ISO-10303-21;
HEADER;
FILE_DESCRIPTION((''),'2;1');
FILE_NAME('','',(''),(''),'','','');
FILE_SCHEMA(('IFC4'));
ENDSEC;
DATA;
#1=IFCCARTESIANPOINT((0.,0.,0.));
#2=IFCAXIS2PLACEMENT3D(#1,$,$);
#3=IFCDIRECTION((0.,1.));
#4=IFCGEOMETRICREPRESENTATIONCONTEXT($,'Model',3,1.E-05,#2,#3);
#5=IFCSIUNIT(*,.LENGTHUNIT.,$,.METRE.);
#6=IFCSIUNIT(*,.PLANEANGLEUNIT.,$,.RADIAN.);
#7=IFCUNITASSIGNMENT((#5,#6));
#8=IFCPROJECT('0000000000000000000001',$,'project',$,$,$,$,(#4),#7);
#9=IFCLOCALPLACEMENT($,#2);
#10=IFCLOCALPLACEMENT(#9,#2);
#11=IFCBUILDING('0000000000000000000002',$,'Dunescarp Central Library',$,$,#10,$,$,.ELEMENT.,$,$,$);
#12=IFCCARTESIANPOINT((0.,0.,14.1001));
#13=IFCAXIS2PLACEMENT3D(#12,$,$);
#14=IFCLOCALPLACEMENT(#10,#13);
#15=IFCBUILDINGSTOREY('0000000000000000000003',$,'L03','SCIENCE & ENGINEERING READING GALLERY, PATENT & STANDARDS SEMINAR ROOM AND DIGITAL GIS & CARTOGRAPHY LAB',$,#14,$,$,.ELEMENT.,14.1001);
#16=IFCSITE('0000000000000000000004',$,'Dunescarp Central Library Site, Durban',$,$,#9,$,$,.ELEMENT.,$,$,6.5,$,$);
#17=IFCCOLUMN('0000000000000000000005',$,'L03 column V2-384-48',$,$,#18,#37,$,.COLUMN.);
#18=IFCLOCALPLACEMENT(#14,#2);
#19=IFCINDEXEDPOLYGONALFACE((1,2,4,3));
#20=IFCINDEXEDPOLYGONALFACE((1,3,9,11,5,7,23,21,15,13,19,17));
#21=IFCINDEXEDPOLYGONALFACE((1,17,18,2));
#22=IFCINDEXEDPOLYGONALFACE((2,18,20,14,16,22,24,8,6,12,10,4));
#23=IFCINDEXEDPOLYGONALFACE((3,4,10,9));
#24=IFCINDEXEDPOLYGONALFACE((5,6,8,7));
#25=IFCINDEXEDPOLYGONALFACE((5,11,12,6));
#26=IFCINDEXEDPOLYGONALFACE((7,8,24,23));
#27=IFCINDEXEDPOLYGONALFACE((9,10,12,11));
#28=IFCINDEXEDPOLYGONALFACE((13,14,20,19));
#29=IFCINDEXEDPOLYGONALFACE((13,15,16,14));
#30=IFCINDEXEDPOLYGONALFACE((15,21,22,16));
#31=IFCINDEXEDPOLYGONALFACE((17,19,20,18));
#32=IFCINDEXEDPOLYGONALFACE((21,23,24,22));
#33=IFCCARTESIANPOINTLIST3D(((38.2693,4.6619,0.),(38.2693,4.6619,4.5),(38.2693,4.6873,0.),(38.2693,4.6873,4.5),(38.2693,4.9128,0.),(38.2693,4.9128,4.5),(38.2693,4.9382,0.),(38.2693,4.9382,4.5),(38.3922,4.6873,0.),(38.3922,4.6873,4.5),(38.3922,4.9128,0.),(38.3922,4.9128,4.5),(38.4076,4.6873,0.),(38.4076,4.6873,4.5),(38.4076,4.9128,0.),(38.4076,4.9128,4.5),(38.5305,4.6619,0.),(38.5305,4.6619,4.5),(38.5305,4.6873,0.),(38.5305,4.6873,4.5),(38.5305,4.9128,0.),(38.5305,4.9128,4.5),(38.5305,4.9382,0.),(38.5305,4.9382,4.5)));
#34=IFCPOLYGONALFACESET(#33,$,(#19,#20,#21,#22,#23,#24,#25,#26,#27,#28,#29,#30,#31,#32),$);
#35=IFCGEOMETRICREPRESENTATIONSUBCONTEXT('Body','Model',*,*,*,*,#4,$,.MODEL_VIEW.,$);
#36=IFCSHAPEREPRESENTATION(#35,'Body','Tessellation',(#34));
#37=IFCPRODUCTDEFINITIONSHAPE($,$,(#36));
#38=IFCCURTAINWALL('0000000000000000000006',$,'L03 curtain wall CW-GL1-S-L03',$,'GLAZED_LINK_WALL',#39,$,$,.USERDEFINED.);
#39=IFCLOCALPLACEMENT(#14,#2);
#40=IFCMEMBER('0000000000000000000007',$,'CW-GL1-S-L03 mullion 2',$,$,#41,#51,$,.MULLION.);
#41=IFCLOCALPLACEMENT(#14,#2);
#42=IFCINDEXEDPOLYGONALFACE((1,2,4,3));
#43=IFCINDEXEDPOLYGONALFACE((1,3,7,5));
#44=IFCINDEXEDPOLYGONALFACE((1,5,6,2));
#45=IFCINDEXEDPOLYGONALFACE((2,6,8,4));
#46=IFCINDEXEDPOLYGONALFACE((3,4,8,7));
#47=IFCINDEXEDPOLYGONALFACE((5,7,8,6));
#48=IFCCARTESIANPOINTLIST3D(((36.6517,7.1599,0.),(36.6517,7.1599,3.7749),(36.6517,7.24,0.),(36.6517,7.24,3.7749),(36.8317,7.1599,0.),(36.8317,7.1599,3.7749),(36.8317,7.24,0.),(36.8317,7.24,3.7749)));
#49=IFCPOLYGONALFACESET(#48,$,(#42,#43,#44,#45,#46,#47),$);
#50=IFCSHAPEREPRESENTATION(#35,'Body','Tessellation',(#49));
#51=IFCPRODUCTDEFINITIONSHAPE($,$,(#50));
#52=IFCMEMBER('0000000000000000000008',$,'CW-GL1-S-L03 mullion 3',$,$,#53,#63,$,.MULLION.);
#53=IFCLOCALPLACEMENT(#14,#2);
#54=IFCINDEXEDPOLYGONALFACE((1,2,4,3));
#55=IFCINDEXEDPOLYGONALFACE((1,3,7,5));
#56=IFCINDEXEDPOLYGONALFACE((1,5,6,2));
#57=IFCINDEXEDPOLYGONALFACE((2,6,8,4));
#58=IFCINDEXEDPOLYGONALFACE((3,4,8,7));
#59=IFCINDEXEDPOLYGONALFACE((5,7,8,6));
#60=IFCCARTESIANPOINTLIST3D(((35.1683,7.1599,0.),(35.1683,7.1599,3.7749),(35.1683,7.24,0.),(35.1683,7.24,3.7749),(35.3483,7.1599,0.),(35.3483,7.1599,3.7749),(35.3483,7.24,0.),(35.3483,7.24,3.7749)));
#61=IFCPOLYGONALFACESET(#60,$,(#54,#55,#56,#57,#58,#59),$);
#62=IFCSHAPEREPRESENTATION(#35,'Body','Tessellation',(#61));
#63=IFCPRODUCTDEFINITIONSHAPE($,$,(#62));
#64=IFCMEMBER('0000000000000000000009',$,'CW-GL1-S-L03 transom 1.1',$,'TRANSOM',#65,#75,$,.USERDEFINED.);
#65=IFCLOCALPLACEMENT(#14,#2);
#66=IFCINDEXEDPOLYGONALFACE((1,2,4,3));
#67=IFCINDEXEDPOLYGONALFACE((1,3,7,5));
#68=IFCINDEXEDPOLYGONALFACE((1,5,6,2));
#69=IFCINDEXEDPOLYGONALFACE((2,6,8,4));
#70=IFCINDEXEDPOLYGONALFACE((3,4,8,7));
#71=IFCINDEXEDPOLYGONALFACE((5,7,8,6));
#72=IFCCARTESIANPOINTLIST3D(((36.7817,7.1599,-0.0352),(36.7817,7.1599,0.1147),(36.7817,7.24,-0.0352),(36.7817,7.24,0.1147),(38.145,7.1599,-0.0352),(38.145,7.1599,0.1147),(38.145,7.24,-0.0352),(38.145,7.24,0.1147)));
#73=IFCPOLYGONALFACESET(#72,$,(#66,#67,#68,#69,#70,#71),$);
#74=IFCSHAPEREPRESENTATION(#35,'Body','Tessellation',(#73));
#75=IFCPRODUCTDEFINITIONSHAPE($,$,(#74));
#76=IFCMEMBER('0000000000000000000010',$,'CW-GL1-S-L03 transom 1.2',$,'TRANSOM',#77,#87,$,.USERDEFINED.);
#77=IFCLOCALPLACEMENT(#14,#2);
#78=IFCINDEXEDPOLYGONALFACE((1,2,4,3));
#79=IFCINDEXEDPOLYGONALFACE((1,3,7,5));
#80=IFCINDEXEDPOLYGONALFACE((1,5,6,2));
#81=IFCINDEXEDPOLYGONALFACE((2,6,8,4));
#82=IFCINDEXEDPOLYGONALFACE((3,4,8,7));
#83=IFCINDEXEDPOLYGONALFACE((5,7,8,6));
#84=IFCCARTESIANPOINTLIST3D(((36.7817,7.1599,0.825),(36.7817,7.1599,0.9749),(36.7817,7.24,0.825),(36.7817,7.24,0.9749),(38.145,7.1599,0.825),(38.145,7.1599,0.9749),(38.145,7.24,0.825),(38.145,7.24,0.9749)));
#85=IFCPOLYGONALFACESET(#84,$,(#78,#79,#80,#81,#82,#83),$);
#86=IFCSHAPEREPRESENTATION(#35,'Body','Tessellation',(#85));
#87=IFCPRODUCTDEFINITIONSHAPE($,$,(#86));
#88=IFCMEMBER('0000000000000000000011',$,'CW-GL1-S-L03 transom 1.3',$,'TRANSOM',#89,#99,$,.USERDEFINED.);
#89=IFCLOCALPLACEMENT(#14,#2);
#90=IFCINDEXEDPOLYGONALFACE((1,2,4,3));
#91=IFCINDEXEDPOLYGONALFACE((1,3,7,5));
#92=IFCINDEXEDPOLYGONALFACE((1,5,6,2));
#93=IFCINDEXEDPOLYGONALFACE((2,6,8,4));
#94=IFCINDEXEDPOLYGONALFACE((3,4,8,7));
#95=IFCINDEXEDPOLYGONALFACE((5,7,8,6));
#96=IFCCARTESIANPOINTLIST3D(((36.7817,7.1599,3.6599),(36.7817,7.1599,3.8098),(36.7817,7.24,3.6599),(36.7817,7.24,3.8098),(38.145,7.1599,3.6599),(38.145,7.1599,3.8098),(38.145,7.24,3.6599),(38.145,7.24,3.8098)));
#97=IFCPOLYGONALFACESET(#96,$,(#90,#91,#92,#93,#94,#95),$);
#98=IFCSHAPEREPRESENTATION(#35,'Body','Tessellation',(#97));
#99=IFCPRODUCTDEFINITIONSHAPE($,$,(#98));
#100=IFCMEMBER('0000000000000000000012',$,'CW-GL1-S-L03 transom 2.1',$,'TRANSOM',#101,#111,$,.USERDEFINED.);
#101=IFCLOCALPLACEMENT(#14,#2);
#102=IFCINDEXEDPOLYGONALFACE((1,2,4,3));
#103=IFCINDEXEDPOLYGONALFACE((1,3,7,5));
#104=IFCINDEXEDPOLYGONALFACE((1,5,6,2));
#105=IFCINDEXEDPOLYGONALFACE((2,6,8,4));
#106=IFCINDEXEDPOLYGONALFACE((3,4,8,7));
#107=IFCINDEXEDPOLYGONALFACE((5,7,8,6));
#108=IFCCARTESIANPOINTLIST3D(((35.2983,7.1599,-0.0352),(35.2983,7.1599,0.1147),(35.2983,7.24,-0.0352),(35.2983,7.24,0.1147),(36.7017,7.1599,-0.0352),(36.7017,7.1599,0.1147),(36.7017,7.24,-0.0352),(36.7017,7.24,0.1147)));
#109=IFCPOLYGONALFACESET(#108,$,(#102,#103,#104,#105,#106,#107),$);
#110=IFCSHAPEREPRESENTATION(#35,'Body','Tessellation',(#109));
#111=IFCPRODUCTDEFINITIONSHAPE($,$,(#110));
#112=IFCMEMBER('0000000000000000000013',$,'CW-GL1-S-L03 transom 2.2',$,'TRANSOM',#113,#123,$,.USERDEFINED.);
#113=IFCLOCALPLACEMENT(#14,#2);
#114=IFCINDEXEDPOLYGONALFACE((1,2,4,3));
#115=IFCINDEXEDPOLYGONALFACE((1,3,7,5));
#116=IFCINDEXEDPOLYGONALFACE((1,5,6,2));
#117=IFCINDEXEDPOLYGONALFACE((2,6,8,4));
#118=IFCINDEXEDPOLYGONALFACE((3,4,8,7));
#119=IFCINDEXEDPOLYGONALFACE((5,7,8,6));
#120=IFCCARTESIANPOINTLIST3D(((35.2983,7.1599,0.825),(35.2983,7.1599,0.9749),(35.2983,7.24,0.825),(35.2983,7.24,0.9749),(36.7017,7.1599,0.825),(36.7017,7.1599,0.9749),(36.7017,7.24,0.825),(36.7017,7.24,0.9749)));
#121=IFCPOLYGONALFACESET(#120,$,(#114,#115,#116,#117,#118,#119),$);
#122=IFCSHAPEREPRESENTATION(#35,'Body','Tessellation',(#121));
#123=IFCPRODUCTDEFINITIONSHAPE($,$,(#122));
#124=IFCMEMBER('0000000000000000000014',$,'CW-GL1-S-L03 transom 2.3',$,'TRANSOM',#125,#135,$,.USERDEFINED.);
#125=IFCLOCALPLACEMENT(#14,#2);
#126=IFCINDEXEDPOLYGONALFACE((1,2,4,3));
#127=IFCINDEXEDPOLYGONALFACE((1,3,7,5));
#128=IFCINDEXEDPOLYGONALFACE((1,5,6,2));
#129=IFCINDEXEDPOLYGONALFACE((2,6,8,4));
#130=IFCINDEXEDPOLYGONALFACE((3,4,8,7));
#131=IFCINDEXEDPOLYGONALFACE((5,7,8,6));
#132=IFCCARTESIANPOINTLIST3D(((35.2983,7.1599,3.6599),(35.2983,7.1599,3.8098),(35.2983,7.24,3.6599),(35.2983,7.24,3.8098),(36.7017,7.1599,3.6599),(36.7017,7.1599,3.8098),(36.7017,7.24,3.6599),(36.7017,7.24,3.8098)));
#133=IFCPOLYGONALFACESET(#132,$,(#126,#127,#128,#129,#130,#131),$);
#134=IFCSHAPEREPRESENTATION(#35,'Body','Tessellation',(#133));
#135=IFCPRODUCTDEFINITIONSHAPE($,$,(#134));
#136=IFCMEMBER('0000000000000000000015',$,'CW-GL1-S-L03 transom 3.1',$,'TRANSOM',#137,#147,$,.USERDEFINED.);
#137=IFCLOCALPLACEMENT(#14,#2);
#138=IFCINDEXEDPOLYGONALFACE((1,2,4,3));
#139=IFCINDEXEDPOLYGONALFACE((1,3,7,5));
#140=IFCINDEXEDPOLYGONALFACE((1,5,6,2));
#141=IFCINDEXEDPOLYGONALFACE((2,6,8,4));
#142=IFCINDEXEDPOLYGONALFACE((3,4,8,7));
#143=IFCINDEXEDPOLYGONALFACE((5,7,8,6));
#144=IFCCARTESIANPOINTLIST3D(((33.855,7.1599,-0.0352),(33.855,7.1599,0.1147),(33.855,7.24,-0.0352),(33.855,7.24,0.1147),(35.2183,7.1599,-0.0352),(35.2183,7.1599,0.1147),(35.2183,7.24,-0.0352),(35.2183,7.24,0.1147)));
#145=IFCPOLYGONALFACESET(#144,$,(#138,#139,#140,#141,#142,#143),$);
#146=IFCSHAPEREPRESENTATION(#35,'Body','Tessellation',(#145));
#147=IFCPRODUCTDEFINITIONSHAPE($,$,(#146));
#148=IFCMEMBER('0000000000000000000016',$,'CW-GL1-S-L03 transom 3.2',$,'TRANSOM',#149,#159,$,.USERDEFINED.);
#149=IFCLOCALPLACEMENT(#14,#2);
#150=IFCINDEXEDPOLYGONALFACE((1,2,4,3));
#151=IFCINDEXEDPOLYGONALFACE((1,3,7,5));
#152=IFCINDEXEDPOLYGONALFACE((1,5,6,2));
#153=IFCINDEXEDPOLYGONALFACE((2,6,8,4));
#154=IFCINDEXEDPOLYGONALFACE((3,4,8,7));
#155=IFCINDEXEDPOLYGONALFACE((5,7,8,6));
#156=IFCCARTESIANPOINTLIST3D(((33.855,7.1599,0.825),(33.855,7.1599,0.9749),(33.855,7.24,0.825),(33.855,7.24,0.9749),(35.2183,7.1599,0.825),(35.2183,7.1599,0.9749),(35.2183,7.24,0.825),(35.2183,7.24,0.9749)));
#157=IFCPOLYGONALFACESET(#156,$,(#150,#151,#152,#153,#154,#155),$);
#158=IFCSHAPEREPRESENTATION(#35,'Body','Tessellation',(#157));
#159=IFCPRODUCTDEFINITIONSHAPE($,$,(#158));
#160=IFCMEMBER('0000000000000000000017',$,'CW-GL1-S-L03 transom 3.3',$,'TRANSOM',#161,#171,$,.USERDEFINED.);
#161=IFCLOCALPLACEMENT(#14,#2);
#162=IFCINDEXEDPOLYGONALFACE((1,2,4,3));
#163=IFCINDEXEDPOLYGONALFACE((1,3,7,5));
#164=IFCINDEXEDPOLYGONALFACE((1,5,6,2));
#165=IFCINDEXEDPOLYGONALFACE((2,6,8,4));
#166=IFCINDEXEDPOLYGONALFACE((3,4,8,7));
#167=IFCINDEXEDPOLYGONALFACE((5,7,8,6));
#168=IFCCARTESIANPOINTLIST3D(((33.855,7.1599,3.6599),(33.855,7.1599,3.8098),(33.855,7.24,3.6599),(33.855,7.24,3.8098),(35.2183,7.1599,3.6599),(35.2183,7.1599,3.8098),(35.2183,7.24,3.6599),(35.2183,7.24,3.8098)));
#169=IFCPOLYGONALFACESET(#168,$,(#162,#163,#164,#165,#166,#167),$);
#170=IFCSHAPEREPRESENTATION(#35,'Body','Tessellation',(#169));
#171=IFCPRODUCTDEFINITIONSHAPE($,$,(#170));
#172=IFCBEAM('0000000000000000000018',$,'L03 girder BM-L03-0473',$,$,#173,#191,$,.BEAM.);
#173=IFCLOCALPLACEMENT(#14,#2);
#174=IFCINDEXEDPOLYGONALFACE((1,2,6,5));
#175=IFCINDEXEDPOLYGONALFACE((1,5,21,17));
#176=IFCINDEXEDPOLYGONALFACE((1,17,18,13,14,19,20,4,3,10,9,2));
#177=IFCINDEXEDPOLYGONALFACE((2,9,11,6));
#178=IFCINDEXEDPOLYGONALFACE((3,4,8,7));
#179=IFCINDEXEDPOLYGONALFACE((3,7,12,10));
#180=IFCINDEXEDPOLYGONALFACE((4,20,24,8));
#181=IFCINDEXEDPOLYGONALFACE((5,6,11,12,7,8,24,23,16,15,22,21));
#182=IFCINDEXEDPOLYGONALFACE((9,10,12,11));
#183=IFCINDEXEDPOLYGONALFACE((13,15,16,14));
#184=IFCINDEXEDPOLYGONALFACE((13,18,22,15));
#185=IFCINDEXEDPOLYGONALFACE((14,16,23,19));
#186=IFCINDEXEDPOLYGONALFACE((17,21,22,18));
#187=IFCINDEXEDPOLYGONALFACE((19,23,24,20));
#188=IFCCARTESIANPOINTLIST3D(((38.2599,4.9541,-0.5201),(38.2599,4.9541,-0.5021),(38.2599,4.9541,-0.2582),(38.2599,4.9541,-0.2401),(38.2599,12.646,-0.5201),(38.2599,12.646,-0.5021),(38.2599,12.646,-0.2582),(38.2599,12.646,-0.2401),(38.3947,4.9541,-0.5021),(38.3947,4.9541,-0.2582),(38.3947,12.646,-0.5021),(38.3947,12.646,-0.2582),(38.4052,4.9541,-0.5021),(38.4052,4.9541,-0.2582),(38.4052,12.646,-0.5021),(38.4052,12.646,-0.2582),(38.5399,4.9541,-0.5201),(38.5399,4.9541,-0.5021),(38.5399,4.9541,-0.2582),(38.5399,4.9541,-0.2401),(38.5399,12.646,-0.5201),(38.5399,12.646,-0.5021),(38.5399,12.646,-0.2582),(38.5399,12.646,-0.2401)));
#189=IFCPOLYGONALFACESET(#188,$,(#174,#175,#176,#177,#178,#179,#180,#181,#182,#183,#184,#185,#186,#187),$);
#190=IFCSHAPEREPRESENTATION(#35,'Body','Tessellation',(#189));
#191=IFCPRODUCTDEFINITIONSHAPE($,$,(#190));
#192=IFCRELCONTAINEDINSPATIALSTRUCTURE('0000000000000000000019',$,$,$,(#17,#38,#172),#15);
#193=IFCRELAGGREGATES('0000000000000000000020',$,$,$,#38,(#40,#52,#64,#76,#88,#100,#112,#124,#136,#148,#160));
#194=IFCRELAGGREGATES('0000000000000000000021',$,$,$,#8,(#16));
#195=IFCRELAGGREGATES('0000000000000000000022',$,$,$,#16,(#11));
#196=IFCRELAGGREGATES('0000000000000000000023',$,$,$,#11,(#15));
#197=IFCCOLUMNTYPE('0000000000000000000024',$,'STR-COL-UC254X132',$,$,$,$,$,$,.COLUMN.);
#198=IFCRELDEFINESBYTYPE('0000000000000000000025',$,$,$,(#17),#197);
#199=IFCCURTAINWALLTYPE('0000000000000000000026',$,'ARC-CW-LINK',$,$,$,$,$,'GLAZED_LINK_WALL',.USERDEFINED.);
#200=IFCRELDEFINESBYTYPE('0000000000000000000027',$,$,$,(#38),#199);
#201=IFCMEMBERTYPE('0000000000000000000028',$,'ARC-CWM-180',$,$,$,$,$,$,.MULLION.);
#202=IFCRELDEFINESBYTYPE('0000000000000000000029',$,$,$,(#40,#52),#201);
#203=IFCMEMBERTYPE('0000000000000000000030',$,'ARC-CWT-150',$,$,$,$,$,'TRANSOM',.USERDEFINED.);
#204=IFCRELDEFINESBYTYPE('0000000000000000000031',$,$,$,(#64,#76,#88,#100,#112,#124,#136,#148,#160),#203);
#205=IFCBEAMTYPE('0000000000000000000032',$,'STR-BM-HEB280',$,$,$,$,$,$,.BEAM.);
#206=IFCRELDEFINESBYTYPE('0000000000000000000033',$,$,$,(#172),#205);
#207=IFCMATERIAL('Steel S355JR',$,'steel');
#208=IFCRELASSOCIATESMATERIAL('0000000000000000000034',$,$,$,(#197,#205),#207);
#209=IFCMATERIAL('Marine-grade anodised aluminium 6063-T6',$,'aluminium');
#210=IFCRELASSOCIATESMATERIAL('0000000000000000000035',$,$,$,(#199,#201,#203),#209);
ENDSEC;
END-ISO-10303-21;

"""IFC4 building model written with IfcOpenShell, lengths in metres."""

from ifc_helpers import new_model, si_unit, direction, frame, origin, origin_2d, place, context, subcontext, project, spatial, rectangle, i_section, extrude, material, material_profile, profile_set, type_object, element, aggregate, save


model = new_model("IFC4")

# Units and contexts
model_context = context("Model", 3, precision=1e-05, world=origin(), true_north=direction((0.0, 1.0)))
body_context = subcontext(model_context, "Body", "Model", "MODEL_VIEW")
ifc_project = project(units=[si_unit("LENGTHUNIT", "METRE"), si_unit("PLANEANGLEUNIT", "RADIAN")], contexts=[model_context])

# Site, building, storey
site_placement = place(None, origin())
site = spatial("IfcSite", under=ifc_project, at=site_placement, Name="Dunescarp Central Library Site, Durban", CompositionType="ELEMENT", RefElevation=6.5)
building_placement = place(site_placement, origin())
building = spatial("IfcBuilding", under=site, at=building_placement, Name="Dunescarp Central Library", CompositionType="ELEMENT")
storey_placement = place(building_placement, frame((0.0, 0.0, 14.1001)))
storey = spatial("IfcBuildingStorey", under=building, at=storey_placement, Name="L03", Description="SCIENCE & ENGINEERING READING GALLERY, PATENT & STANDARDS SEMINAR ROOM AND DIGITAL GIS & CARTOGRAPHY LAB", CompositionType="ELEMENT", Elevation=14.1001)

# Column
ifc_material_1 = material(Name="Steel S355JR", Category="steel")
ifc_material_profile_1 = material_profile(ifc_material_1, i_section(OverallWidth=0.2612, OverallDepth=0.2764, WebThickness=0.0154, FlangeThickness=0.0254, at=origin_2d()), Name="UC 254x254x132")
ifc_profile_set_1 = profile_set([ifc_material_profile_1], Name="Steel S355JR")
column_type = type_object("IfcColumnType", Name="STR-COL-UC254X132", PredefinedType="COLUMN", material=ifc_profile_set_1)
column_placement = place(storey_placement, frame((38.3999, 4.8, 0.0), z_axis=(0.0, 0.0, 1.0), x_axis=(1.0, 0.0, 0.0)))
element("IfcColumn", 1, at=column_placement, inside=storey, type_object=column_type, Name="L03 column V2-384-48", PredefinedType="COLUMN", context=body_context, shape_type="SweptSolid", body=[
    extrude(i_section(OverallWidth=0.2612, OverallDepth=0.2764, WebThickness=0.0154, FlangeThickness=0.0254, at=origin_2d()), origin(), (0.0, 0.0, 1.0), 4.5),
])

# Curtain wall, members
ifc_material_2 = material(Name="Marine-grade anodised aluminium 6063-T6", Category="aluminium")
curtain_wall_type = type_object("IfcCurtainWallType", Name="ARC-CW-LINK", ElementType="GLAZED_LINK_WALL", PredefinedType="USERDEFINED", material=ifc_material_2)
curtain_wall_placement = place(storey_placement, origin())
curtain_wall = element("IfcCurtainWall", 2, at=curtain_wall_placement, inside=storey, type_object=curtain_wall_type, Name="L03 curtain wall CW-GL1-S-L03", ObjectType="GLAZED_LINK_WALL", PredefinedType="USERDEFINED")
ifc_material_profile_2 = material_profile(ifc_material_2, rectangle(XDim=0.0801, YDim=0.1799, at=origin_2d()), Name="AL 80x180")
ifc_profile_set_2 = profile_set([ifc_material_profile_2], Name="Marine-grade anodised aluminium 6063-T6")
member_type_1 = type_object("IfcMemberType", Name="ARC-CWM-180", PredefinedType="MULLION", material=ifc_profile_set_2)
member_1_placement = place(storey_placement, frame((36.7417, 7.2, 0.0), z_axis=(0.0, 0.0, 1.0), x_axis=(0.0, -1.0, 0.0)))
member_1 = element("IfcMember", 3, at=member_1_placement, type_object=member_type_1, Name="CW-GL1-S-L03 mullion 2", PredefinedType="MULLION", context=body_context, shape_type="SweptSolid", body=[
    extrude(rectangle(XDim=0.0801, YDim=0.1799, at=origin_2d()), origin(), (0.0, 0.0, 1.0), 3.7749),
])
member_2_placement = place(storey_placement, frame((35.2583, 7.2, 0.0), z_axis=(0.0, 0.0, 1.0), x_axis=(0.0, -1.0, 0.0)))
member_2 = element("IfcMember", 4, at=member_2_placement, type_object=member_type_1, Name="CW-GL1-S-L03 mullion 3", PredefinedType="MULLION", context=body_context, shape_type="SweptSolid", body=[
    extrude(rectangle(XDim=0.0801, YDim=0.1799, at=origin_2d()), origin(), (0.0, 0.0, 1.0), 3.7749),
])
ifc_material_profile_3 = material_profile(ifc_material_2, rectangle(XDim=0.0801, YDim=0.1499, at=origin_2d()), Name="AL 80x150")
ifc_profile_set_3 = profile_set([ifc_material_profile_3], Name="Marine-grade anodised aluminium 6063-T6")
member_type_2 = type_object("IfcMemberType", Name="ARC-CWT-150", ElementType="TRANSOM", PredefinedType="USERDEFINED", material=ifc_profile_set_3)
member_3_placement = place(storey_placement, frame((38.145, 7.2, 0.0398), z_axis=(-1.0, 0.0, 0.0), x_axis=(0.0, -1.0, 0.0)))
member_3 = element("IfcMember", 5, at=member_3_placement, type_object=member_type_2, Name="CW-GL1-S-L03 transom 1.1", ObjectType="TRANSOM", PredefinedType="USERDEFINED", context=body_context, shape_type="SweptSolid", body=[
    extrude(rectangle(XDim=0.0801, YDim=0.1499, at=origin_2d()), origin(), (0.0, 0.0, 1.0), 1.3633),
])
member_4_placement = place(storey_placement, frame((38.145, 7.2, 0.8999), z_axis=(-1.0, 0.0, 0.0), x_axis=(0.0, -1.0, 0.0)))
member_4 = element("IfcMember", 6, at=member_4_placement, type_object=member_type_2, Name="CW-GL1-S-L03 transom 1.2", ObjectType="TRANSOM", PredefinedType="USERDEFINED", context=body_context, shape_type="SweptSolid", body=[
    extrude(rectangle(XDim=0.0801, YDim=0.1499, at=origin_2d()), origin(), (0.0, 0.0, 1.0), 1.3633),
])
member_5_placement = place(storey_placement, frame((38.145, 7.2, 3.7349), z_axis=(-1.0, 0.0, 0.0), x_axis=(0.0, -1.0, 0.0)))
member_5 = element("IfcMember", 7, at=member_5_placement, type_object=member_type_2, Name="CW-GL1-S-L03 transom 1.3", ObjectType="TRANSOM", PredefinedType="USERDEFINED", context=body_context, shape_type="SweptSolid", body=[
    extrude(rectangle(XDim=0.0801, YDim=0.1499, at=origin_2d()), origin(), (0.0, 0.0, 1.0), 1.3633),
])
member_6_placement = place(storey_placement, frame((36.7017, 7.2, 0.0398), z_axis=(-1.0, 0.0, 0.0), x_axis=(0.0, -1.0, 0.0)))
member_6 = element("IfcMember", 8, at=member_6_placement, type_object=member_type_2, Name="CW-GL1-S-L03 transom 2.1", ObjectType="TRANSOM", PredefinedType="USERDEFINED", context=body_context, shape_type="SweptSolid", body=[
    extrude(rectangle(XDim=0.0801, YDim=0.1499, at=origin_2d()), origin(), (0.0, 0.0, 1.0), 1.4033),
])
member_7_placement = place(storey_placement, frame((36.7017, 7.2, 0.8999), z_axis=(-1.0, 0.0, 0.0), x_axis=(0.0, -1.0, 0.0)))
member_7 = element("IfcMember", 9, at=member_7_placement, type_object=member_type_2, Name="CW-GL1-S-L03 transom 2.2", ObjectType="TRANSOM", PredefinedType="USERDEFINED", context=body_context, shape_type="SweptSolid", body=[
    extrude(rectangle(XDim=0.0801, YDim=0.1499, at=origin_2d()), origin(), (0.0, 0.0, 1.0), 1.4033),
])
member_8_placement = place(storey_placement, frame((36.7017, 7.2, 3.7349), z_axis=(-1.0, 0.0, 0.0), x_axis=(0.0, -1.0, 0.0)))
member_8 = element("IfcMember", 10, at=member_8_placement, type_object=member_type_2, Name="CW-GL1-S-L03 transom 2.3", ObjectType="TRANSOM", PredefinedType="USERDEFINED", context=body_context, shape_type="SweptSolid", body=[
    extrude(rectangle(XDim=0.0801, YDim=0.1499, at=origin_2d()), origin(), (0.0, 0.0, 1.0), 1.4033),
])
member_9_placement = place(storey_placement, frame((35.2183, 7.2, 0.0398), z_axis=(-1.0, 0.0, 0.0), x_axis=(0.0, -1.0, 0.0)))
member_9 = element("IfcMember", 11, at=member_9_placement, type_object=member_type_2, Name="CW-GL1-S-L03 transom 3.1", ObjectType="TRANSOM", PredefinedType="USERDEFINED", context=body_context, shape_type="SweptSolid", body=[
    extrude(rectangle(XDim=0.0801, YDim=0.1499, at=origin_2d()), origin(), (0.0, 0.0, 1.0), 1.3633),
])
member_10_placement = place(storey_placement, frame((35.2183, 7.2, 0.8999), z_axis=(-1.0, 0.0, 0.0), x_axis=(0.0, -1.0, 0.0)))
member_10 = element("IfcMember", 12, at=member_10_placement, type_object=member_type_2, Name="CW-GL1-S-L03 transom 3.2", ObjectType="TRANSOM", PredefinedType="USERDEFINED", context=body_context, shape_type="SweptSolid", body=[
    extrude(rectangle(XDim=0.0801, YDim=0.1499, at=origin_2d()), origin(), (0.0, 0.0, 1.0), 1.3633),
])
member_11_placement = place(storey_placement, frame((35.2183, 7.2, 3.7349), z_axis=(-1.0, 0.0, 0.0), x_axis=(0.0, -1.0, 0.0)))
member_11 = element("IfcMember", 13, at=member_11_placement, type_object=member_type_2, Name="CW-GL1-S-L03 transom 3.3", ObjectType="TRANSOM", PredefinedType="USERDEFINED", context=body_context, shape_type="SweptSolid", body=[
    extrude(rectangle(XDim=0.0801, YDim=0.1499, at=origin_2d()), origin(), (0.0, 0.0, 1.0), 1.3633),
])

# Beam
ifc_material_profile_4 = material_profile(ifc_material_1, i_section(OverallWidth=0.28, OverallDepth=0.28, WebThickness=0.0105, FlangeThickness=0.0181, at=origin_2d()), Name="HEB 280")
ifc_profile_set_4 = profile_set([ifc_material_profile_4], Name="Steel S355JR")
beam_type = type_object("IfcBeamType", Name="STR-BM-HEB280", PredefinedType="BEAM", material=ifc_profile_set_4)
beam_placement = place(storey_placement, frame((38.3999, 4.9541, -0.3801), z_axis=(0.0, 1.0, 0.0), x_axis=(-1.0, 0.0, 0.0)))
element("IfcBeam", 14, at=beam_placement, inside=storey, type_object=beam_type, Name="L03 girder BM-L03-0473", PredefinedType="BEAM", context=body_context, shape_type="SweptSolid", body=[
    extrude(i_section(OverallWidth=0.28, OverallDepth=0.28, WebThickness=0.0105, FlangeThickness=0.0181, at=origin_2d()), origin(), (0.0, 0.0, 1.0), 7.6919),
])

aggregate(curtain_wall, [member_1, member_2, member_3, member_4, member_5, member_6, member_7, member_8, member_9, member_10, member_11])

save(model, "model.ifc")
